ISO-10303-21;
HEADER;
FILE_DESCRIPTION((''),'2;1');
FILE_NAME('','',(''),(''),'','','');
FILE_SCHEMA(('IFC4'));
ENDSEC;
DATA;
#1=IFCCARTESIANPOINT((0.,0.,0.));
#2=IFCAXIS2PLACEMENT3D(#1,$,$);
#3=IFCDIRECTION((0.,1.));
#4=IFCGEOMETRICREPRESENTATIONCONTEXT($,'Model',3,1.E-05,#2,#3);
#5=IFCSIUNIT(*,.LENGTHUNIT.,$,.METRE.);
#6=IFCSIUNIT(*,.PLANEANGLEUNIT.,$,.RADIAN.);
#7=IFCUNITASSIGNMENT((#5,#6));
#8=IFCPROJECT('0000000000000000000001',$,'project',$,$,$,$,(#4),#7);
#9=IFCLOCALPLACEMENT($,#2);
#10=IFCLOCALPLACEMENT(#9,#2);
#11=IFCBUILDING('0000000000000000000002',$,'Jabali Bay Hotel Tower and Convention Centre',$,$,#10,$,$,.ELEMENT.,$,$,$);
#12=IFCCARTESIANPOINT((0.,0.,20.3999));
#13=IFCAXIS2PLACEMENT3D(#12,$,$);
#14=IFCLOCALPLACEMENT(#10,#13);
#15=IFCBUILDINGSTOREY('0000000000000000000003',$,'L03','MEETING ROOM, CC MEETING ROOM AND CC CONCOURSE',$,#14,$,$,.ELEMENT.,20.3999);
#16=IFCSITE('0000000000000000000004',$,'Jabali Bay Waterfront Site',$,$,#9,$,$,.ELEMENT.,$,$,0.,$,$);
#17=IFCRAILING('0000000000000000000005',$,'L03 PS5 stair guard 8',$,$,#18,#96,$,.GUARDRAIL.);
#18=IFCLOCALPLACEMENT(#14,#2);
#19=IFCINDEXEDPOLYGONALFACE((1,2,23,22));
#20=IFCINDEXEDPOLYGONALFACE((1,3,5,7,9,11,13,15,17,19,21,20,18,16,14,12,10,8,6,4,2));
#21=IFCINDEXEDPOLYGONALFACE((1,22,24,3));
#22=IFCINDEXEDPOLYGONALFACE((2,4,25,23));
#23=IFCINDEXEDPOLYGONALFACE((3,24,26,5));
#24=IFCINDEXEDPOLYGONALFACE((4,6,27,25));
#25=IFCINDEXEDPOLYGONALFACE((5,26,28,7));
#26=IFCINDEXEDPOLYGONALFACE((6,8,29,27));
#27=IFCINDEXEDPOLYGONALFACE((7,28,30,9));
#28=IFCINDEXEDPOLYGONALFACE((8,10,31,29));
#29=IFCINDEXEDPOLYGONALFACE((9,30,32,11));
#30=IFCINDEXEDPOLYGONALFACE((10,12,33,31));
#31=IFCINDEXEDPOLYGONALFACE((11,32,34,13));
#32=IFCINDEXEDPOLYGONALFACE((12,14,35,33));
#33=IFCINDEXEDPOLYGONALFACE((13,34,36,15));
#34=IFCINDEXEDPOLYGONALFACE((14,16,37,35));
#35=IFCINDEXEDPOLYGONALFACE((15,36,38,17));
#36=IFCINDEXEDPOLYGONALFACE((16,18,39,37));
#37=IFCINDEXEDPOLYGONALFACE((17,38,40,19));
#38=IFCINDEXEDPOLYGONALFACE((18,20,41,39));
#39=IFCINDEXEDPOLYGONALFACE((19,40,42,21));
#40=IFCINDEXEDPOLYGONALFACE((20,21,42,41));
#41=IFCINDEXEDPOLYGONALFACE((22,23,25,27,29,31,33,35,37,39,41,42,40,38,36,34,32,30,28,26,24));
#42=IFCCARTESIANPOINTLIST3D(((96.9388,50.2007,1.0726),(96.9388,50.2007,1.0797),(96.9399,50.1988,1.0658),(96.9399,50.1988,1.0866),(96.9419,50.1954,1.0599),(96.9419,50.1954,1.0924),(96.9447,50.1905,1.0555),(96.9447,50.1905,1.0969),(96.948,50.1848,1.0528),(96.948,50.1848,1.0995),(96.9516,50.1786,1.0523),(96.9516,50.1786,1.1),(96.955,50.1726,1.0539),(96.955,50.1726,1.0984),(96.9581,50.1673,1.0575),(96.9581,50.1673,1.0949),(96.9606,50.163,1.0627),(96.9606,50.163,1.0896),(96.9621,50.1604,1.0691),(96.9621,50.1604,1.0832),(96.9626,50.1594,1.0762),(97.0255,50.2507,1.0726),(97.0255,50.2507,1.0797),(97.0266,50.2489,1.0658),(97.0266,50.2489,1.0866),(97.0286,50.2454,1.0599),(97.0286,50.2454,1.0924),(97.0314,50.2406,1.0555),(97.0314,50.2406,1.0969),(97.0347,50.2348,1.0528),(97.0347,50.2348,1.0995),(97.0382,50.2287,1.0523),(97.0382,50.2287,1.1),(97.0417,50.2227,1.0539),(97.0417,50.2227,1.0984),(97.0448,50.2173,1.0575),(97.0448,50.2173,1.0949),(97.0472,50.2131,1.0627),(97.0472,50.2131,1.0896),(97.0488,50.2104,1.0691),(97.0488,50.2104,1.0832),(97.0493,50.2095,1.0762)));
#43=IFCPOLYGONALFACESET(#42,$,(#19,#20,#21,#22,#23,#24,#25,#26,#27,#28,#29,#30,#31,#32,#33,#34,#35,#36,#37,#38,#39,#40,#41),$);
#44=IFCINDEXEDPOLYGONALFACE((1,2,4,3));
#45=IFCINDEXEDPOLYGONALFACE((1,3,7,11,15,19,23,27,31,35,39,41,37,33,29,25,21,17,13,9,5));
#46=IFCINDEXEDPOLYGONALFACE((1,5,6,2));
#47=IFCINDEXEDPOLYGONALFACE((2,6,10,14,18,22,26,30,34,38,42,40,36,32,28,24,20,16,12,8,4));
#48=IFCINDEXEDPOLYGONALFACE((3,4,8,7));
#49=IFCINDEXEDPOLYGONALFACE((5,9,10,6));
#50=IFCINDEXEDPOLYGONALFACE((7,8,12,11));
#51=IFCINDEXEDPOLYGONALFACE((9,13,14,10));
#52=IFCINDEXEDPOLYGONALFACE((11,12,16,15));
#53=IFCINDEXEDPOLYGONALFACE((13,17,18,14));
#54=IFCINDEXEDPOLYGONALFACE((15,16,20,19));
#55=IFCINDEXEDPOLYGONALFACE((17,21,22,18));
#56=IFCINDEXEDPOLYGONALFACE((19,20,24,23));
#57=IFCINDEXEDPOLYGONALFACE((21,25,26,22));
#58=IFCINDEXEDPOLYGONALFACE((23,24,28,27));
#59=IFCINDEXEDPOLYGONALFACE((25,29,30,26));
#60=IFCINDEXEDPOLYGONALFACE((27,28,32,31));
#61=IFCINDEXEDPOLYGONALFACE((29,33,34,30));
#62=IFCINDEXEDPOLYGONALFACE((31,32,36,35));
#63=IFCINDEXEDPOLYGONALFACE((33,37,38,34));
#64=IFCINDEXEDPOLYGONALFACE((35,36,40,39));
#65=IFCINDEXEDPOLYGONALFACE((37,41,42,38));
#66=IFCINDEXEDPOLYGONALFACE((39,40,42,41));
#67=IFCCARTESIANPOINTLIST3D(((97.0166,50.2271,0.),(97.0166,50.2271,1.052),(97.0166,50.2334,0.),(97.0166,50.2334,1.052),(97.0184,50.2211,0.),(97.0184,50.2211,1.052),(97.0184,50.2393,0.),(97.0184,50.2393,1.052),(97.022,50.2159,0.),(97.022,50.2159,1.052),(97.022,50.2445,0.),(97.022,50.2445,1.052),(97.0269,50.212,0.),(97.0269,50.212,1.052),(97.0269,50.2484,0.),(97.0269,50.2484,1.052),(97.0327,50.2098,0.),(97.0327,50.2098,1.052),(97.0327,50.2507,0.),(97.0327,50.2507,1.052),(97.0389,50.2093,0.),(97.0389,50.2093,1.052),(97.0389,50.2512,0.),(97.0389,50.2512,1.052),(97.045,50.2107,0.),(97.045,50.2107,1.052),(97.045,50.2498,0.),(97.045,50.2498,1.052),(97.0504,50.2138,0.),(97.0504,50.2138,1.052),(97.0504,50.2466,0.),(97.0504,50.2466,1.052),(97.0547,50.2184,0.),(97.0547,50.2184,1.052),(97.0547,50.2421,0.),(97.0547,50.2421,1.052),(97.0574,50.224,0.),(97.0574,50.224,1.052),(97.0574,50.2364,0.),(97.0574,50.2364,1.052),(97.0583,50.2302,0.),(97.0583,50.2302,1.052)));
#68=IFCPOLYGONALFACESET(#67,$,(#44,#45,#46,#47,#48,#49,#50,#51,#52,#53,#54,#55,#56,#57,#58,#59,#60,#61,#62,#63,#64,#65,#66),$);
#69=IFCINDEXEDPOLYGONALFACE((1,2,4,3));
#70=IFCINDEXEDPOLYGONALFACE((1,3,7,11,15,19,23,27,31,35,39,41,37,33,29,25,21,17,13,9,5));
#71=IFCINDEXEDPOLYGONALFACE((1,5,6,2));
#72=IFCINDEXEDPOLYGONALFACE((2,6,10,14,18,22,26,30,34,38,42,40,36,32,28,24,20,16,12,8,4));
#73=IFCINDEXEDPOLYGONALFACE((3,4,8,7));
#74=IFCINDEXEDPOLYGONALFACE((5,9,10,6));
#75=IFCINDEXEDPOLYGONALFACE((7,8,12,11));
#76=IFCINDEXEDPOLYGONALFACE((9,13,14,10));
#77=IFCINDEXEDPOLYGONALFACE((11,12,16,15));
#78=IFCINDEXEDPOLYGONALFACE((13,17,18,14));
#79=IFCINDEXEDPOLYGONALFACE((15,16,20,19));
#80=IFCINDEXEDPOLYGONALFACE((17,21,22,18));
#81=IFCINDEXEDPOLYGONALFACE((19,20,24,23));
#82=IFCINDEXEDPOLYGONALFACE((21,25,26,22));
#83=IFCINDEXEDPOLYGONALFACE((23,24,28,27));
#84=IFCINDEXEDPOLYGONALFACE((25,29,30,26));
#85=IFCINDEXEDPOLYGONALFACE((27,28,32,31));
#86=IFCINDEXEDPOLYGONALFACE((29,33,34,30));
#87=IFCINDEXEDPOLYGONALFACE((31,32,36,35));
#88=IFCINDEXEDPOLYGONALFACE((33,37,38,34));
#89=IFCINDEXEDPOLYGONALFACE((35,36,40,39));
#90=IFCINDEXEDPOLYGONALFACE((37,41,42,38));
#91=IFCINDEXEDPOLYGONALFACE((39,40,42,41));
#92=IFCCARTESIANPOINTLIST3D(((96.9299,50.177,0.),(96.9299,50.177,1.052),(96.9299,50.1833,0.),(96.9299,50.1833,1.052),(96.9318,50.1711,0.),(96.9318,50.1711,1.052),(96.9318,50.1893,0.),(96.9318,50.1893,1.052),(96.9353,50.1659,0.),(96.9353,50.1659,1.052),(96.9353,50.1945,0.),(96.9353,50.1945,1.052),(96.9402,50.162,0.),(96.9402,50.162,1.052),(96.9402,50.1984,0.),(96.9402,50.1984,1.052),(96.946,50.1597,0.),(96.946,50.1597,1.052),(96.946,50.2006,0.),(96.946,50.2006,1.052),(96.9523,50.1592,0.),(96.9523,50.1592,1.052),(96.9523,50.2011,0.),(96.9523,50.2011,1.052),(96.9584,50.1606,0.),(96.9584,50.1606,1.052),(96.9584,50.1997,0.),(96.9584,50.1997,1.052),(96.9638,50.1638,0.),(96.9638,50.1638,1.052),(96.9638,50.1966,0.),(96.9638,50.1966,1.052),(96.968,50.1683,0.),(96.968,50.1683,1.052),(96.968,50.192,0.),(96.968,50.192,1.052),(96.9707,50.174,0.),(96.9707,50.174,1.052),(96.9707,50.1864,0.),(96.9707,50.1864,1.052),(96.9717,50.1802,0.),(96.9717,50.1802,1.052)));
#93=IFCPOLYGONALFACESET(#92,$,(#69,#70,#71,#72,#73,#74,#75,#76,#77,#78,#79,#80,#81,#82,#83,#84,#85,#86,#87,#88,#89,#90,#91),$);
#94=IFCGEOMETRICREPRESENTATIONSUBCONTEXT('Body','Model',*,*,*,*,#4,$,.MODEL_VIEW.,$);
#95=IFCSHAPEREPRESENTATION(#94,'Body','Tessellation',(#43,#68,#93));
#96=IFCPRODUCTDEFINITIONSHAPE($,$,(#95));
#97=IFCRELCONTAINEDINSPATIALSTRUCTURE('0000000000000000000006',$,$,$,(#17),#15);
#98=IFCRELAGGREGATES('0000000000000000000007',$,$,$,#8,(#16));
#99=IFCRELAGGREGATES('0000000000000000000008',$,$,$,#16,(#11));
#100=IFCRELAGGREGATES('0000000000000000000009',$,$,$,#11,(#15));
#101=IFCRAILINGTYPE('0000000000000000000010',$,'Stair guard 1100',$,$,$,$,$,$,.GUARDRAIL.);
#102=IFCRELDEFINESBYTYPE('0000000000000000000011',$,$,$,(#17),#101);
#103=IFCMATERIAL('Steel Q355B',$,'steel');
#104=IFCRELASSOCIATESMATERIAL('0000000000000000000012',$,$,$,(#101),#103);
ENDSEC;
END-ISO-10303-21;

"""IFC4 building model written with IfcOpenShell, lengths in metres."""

from ifc_helpers import new_model, si_unit, direction, frame, origin, origin_2d, place, context, subcontext, project, spatial, circle, extrude, material, type_object, element, save


model = new_model("IFC4")

# Units and contexts
model_context = context("Model", 3, precision=1e-05, world=origin(), true_north=direction((0.0, 1.0)))
body_context = subcontext(model_context, "Body", "Model", "MODEL_VIEW")
ifc_project = project(units=[si_unit("LENGTHUNIT", "METRE"), si_unit("PLANEANGLEUNIT", "RADIAN")], contexts=[model_context])

# Site, building, storey
site_placement = place(None, origin())
site = spatial("IfcSite", under=ifc_project, at=site_placement, Name="Jabali Bay Waterfront Site", CompositionType="ELEMENT", RefElevation=0.0)
building_placement = place(site_placement, origin())
building = spatial("IfcBuilding", under=site, at=building_placement, Name="Jabali Bay Hotel Tower and Convention Centre", CompositionType="ELEMENT")
storey_placement = place(building_placement, frame((0.0, 0.0, 20.3999)))
storey = spatial("IfcBuildingStorey", under=building, at=storey_placement, Name="L03", Description="MEETING ROOM, CC MEETING ROOM AND CC CONCOURSE", CompositionType="ELEMENT", Elevation=20.3999)

# Railing
ifc_material_1 = material(Name="Steel Q355B", Category="steel")
railing_type_1 = type_object("IfcRailingType", Name="Stair guard 1100", PredefinedType="GUARDRAIL", material=ifc_material_1)
railing_1_placement = place(storey_placement, frame((97.0374, 50.2302, 0.0)))
element("IfcRailing", 1, at=railing_1_placement, inside=storey, type_object=railing_type_1, Name="L03 PS5 stair guard 8", PredefinedType="GUARDRAIL", context=body_context, shape_type="SweptSolid", body=[
    extrude(circle(Radius=0.0239, at=origin_2d()), frame((0.0, 0.0, 1.0762), z_axis=(-0.865982, -0.500074, 0.0), x_axis=(0.500074, -0.865982, 0.0)), (0.0, 0.0, 1.0), 0.1001),
    extrude(circle(Radius=0.021, at=origin_2d()), origin(), (0.0, 0.0, 1.0), 1.052),
    extrude(circle(Radius=0.021, at=origin_2d()), frame((-0.0867, -0.05, 0.0)), (0.0, 0.0, 1.0), 1.052),
])

save(model, "model.ifc")
